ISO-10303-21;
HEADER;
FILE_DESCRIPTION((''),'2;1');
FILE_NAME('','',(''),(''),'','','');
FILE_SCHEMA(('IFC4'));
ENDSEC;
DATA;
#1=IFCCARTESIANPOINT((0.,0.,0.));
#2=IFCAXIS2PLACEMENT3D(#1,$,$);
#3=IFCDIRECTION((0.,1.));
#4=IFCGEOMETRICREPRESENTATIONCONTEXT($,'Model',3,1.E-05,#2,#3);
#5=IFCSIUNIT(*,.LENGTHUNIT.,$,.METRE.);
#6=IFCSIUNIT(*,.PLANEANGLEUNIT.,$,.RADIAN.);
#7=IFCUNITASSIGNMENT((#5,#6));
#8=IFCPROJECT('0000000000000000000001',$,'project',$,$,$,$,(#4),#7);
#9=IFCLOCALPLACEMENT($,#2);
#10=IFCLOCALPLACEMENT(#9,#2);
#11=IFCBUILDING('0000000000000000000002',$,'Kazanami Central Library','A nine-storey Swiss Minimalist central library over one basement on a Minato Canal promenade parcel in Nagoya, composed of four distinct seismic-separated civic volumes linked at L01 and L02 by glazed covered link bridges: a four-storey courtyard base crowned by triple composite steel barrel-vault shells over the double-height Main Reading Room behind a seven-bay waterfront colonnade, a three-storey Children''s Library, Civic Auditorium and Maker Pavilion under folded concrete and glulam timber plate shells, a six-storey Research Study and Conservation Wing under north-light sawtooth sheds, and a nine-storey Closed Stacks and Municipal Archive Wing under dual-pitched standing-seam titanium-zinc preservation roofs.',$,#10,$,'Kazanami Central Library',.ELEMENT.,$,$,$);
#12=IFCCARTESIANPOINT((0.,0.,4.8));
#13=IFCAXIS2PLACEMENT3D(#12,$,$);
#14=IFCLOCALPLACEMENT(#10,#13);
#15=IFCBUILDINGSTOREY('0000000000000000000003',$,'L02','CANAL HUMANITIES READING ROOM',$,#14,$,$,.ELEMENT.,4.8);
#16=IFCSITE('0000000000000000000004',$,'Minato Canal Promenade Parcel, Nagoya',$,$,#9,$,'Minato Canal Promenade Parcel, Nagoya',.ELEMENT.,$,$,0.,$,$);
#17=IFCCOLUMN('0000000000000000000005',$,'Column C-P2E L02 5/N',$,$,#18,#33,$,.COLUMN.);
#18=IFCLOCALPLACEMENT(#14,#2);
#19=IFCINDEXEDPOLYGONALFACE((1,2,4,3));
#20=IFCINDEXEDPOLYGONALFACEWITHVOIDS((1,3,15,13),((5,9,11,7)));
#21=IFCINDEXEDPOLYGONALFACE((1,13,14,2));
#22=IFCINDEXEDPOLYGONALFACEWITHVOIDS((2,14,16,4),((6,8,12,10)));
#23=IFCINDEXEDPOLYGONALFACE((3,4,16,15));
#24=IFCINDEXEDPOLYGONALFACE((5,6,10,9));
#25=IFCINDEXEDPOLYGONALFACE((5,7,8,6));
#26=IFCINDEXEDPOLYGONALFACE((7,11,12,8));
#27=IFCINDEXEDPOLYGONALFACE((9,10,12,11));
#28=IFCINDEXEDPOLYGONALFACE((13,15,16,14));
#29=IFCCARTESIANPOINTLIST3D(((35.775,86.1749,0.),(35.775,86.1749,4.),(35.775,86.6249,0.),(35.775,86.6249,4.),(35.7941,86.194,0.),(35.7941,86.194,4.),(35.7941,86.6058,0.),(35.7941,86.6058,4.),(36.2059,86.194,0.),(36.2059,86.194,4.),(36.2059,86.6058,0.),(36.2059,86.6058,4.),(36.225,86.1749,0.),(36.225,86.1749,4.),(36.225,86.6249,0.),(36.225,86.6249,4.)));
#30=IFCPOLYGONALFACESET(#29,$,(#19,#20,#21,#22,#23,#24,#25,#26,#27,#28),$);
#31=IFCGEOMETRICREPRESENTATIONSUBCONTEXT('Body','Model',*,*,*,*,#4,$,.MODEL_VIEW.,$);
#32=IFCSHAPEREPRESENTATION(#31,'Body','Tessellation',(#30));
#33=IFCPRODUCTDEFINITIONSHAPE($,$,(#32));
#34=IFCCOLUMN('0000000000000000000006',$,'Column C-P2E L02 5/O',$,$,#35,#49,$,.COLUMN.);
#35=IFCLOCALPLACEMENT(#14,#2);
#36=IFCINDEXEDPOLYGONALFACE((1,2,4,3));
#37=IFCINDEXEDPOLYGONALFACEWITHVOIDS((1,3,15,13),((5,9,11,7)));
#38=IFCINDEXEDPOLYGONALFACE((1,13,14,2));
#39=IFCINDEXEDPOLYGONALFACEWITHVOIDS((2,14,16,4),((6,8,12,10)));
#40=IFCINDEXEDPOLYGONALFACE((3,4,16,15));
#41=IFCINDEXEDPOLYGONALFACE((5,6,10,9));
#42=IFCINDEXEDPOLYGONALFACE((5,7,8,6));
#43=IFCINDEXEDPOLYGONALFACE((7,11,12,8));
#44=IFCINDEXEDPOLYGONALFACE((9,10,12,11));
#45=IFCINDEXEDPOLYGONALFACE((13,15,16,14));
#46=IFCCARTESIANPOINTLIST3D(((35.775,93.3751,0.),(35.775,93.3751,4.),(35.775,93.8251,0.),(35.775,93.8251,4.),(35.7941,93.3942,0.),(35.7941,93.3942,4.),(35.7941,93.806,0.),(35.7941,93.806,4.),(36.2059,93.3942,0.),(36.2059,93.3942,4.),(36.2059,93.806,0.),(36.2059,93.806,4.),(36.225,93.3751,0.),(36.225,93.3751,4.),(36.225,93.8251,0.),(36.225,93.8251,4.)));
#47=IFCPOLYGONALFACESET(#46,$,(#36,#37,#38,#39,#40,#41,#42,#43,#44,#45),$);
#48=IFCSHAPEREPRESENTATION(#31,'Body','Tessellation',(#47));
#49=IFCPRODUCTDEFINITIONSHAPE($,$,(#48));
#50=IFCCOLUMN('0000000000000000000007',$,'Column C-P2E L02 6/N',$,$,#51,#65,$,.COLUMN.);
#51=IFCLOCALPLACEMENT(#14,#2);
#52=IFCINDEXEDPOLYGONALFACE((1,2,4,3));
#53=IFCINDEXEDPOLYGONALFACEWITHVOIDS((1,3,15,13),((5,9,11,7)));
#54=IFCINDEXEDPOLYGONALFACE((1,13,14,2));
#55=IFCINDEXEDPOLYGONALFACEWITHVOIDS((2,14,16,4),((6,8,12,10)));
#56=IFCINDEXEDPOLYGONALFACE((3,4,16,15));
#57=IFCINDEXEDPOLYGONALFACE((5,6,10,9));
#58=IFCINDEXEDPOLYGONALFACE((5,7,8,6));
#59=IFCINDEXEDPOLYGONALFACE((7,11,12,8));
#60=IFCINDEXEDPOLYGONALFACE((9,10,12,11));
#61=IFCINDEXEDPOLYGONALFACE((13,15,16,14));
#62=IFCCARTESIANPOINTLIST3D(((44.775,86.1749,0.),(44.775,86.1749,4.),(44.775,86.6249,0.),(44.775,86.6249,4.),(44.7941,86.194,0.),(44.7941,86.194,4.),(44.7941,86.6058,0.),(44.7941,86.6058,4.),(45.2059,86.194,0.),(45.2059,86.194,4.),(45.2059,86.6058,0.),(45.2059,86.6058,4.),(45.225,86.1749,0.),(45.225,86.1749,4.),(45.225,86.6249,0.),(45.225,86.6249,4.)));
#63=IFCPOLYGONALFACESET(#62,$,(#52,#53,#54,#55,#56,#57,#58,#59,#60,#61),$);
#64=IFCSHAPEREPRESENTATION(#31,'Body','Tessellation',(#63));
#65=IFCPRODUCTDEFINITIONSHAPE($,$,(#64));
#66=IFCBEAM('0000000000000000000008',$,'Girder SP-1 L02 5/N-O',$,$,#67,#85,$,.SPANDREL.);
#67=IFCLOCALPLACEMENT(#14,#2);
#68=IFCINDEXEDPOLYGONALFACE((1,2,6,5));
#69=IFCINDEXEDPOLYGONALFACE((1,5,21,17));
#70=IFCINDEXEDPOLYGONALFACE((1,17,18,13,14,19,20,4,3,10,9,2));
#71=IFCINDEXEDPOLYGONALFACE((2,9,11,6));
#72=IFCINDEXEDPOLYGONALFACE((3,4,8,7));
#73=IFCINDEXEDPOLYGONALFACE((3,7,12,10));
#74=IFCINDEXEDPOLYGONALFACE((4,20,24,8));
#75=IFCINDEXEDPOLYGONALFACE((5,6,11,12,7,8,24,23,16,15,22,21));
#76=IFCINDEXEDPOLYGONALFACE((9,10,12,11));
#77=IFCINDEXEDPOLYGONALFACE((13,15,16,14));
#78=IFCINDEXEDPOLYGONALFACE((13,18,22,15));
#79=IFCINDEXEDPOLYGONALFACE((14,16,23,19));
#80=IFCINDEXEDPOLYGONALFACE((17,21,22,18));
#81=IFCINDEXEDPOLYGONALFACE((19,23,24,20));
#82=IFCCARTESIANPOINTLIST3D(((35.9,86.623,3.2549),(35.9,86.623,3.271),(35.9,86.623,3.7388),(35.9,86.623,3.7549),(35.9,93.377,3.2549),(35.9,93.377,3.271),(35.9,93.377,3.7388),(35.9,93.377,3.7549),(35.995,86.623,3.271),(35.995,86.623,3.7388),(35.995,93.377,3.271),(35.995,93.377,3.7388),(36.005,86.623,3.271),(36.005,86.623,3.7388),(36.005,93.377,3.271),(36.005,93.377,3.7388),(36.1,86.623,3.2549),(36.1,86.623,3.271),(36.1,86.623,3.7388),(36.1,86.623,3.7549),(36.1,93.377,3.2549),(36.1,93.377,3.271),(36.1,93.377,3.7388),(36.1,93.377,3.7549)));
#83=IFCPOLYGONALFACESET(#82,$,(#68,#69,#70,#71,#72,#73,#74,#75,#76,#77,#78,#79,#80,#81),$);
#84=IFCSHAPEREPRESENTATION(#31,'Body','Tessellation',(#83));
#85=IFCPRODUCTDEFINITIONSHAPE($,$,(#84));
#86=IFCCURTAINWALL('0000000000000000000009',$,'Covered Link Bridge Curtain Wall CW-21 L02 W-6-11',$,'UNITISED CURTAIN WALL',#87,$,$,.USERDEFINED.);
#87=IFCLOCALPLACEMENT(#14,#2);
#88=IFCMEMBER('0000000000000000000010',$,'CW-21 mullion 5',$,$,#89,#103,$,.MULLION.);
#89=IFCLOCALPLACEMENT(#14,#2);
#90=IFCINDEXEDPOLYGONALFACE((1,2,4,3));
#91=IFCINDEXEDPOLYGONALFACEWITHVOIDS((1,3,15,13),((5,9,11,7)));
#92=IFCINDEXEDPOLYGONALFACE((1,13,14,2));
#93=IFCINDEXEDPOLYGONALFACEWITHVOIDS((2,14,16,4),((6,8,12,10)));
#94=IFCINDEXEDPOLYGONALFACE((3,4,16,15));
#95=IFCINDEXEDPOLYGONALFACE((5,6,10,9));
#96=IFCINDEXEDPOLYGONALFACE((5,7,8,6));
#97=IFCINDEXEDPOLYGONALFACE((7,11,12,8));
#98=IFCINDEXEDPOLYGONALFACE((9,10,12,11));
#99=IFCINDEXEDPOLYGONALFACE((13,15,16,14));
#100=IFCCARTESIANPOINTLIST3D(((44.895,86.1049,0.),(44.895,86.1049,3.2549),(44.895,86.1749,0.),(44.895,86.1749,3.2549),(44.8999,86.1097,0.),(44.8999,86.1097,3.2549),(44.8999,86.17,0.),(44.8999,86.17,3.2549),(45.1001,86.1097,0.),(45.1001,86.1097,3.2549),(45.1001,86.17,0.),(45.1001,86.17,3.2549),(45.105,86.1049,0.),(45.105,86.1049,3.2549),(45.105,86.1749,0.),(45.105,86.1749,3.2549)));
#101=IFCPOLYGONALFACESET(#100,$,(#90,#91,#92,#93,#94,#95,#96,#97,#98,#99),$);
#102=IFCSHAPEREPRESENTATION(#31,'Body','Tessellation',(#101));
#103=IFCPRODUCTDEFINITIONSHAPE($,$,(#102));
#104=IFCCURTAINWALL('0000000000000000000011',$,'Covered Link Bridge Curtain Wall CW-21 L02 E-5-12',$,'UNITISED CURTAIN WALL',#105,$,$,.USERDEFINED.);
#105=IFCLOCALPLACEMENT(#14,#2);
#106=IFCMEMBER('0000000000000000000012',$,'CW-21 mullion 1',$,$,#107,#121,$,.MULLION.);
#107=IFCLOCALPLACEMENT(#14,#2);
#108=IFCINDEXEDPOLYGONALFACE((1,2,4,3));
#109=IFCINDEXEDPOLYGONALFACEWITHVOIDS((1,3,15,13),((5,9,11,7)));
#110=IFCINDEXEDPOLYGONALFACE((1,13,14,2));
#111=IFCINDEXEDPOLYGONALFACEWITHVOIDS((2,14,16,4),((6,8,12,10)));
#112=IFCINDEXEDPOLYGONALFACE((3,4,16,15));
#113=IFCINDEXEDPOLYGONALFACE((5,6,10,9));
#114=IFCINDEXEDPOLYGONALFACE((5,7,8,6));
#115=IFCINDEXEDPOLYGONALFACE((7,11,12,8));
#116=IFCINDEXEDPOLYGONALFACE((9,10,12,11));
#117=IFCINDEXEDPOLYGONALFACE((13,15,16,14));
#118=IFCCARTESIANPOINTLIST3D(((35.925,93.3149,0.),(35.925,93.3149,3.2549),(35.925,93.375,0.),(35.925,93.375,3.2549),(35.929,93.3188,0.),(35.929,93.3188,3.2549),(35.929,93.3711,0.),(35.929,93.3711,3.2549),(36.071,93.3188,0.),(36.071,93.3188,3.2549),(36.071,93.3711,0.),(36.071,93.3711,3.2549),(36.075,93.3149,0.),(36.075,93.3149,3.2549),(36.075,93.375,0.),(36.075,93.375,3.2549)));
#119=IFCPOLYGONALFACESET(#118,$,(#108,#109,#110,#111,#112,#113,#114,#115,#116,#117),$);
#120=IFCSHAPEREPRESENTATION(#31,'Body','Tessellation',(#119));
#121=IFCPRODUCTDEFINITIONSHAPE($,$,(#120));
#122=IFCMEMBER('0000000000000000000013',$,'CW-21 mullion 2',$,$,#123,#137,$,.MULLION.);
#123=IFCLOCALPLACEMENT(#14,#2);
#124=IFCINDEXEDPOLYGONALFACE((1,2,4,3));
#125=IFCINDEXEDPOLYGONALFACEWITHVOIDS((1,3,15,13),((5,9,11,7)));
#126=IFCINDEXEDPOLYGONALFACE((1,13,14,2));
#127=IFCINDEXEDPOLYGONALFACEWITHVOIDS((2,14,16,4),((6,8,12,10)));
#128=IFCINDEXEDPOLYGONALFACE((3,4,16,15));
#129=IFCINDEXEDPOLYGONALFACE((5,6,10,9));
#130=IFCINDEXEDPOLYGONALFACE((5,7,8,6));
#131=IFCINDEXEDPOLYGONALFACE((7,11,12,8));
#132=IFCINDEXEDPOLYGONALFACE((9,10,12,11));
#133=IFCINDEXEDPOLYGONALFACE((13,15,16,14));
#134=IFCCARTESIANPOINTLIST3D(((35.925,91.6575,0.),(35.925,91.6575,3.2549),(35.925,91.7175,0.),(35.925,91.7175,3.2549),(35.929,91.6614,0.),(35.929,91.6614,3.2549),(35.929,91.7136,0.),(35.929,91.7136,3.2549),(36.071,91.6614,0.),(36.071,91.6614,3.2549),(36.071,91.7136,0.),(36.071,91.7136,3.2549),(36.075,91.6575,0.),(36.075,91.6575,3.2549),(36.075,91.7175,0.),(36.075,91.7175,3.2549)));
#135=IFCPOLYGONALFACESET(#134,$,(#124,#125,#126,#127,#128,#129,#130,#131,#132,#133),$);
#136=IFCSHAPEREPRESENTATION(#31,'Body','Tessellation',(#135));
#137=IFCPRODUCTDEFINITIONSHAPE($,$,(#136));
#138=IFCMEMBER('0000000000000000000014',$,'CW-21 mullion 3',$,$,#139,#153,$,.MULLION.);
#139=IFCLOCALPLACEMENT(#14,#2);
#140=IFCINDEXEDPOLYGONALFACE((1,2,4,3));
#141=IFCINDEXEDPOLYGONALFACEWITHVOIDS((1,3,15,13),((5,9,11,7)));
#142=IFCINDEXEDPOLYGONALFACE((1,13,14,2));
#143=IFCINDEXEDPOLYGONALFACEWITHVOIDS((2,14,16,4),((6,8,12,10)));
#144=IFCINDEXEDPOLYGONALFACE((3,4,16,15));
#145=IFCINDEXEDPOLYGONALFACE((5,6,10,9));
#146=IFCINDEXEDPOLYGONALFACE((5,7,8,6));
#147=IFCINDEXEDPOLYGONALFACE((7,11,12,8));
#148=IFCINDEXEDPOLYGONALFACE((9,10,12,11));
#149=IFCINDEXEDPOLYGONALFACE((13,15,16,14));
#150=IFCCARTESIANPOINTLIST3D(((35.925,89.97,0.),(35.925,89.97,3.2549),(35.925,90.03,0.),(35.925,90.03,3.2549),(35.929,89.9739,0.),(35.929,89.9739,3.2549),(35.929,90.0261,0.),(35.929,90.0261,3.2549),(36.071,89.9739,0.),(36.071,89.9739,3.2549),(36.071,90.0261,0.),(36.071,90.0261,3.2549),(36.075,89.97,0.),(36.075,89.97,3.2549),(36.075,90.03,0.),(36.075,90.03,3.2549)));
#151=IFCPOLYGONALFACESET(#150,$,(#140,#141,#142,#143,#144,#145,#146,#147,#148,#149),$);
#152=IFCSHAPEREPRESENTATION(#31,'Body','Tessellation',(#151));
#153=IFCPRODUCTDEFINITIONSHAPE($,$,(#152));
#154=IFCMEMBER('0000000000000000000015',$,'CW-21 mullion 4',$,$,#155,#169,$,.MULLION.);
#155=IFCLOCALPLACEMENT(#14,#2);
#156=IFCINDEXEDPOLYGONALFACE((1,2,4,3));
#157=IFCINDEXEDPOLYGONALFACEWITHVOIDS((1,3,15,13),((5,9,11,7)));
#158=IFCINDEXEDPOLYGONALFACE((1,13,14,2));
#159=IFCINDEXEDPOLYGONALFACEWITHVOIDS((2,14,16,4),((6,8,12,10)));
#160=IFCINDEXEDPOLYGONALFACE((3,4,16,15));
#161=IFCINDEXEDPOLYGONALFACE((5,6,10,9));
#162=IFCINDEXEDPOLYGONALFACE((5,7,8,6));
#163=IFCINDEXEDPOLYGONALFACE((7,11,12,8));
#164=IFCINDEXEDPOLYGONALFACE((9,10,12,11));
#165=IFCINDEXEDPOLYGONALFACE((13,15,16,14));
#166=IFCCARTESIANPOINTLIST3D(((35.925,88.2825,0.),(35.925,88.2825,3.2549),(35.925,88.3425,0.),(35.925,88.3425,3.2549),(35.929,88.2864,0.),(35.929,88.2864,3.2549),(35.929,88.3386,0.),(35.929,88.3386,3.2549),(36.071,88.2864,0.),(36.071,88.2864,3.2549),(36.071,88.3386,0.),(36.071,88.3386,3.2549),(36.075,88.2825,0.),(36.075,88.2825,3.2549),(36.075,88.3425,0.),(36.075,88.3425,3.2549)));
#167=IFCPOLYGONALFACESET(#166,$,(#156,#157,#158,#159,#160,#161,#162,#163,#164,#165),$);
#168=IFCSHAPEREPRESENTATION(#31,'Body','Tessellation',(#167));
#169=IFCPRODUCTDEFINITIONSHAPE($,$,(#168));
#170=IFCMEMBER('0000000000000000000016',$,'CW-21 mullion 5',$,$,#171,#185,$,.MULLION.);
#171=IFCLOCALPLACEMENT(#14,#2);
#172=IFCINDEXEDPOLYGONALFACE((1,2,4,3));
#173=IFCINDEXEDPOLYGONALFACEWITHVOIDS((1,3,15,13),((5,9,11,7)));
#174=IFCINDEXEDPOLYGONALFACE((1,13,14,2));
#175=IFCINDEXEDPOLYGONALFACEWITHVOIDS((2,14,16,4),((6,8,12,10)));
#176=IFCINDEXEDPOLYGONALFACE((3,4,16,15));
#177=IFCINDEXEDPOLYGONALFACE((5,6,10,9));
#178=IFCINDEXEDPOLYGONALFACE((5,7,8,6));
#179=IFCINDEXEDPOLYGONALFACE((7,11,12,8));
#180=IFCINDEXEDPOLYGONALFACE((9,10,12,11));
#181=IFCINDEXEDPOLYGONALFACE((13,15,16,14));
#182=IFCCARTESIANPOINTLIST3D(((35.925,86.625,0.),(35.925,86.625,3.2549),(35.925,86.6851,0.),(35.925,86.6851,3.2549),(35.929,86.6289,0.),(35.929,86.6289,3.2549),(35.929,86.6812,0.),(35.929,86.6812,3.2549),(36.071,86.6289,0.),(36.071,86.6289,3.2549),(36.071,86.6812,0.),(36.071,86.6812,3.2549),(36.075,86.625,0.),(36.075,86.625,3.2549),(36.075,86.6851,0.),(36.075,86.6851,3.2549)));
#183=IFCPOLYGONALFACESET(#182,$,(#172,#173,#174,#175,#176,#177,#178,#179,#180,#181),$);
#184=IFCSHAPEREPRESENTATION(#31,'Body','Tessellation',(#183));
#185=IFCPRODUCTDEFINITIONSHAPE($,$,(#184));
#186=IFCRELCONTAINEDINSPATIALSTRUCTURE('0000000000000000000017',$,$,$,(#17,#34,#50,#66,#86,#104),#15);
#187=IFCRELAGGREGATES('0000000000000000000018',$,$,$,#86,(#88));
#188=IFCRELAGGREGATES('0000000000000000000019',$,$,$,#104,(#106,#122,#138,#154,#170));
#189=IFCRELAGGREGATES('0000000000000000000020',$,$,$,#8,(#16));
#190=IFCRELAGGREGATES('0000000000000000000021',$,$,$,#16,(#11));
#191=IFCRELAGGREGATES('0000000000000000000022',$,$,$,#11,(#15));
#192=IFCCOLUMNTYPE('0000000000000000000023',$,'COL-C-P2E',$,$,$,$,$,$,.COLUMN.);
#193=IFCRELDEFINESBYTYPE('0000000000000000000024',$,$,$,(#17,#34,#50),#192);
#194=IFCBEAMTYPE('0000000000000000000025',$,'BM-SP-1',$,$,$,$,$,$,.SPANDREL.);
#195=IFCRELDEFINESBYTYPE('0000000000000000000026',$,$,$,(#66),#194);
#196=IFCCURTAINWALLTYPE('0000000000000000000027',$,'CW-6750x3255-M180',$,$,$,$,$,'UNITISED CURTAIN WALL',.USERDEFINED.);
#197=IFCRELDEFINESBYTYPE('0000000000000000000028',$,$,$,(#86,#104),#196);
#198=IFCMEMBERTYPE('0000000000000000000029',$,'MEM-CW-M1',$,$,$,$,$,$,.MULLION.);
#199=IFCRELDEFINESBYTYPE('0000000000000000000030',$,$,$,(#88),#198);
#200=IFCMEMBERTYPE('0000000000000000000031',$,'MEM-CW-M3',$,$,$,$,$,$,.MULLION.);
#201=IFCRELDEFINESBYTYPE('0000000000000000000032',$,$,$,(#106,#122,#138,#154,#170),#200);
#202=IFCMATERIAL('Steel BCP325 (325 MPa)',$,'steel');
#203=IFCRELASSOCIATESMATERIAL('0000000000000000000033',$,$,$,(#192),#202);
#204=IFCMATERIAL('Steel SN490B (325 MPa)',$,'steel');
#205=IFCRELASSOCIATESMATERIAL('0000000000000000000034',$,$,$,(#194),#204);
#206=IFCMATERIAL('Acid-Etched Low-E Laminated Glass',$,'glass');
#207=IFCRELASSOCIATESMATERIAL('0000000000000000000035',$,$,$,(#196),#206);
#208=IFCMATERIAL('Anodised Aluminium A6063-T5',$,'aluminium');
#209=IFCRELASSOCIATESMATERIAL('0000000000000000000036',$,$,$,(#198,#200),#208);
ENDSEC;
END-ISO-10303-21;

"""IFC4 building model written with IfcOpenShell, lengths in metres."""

from ifc_helpers import new_model, si_unit, direction, frame, origin, origin_2d, place, context, subcontext, project, spatial, hollow_rectangle, i_section, extrude, material, material_profile, profile_set, type_object, element, aggregate, save


model = new_model("IFC4")

# Units and contexts
model_context = context("Model", 3, precision=1e-05, world=origin(), true_north=direction((0.0, 1.0)))
body_context = subcontext(model_context, "Body", "Model", "MODEL_VIEW")
ifc_project = project(units=[si_unit("LENGTHUNIT", "METRE"), si_unit("PLANEANGLEUNIT", "RADIAN")], contexts=[model_context])

# Site, building, storey
site_placement = place(None, origin())
site = spatial("IfcSite", under=ifc_project, at=site_placement, Name="Minato Canal Promenade Parcel, Nagoya", LongName="Minato Canal Promenade Parcel, Nagoya", CompositionType="ELEMENT", RefElevation=0.0)
building_placement = place(site_placement, origin())
building = spatial("IfcBuilding", under=site, at=building_placement, Name="Kazanami Central Library", Description="A nine-storey Swiss Minimalist central library over one basement on a Minato Canal promenade parcel in Nagoya, composed of four distinct seismic-separated civic volumes linked at L01 and L02 by glazed covered link bridges: a four-storey courtyard base crowned by triple composite steel barrel-vault shells over the double-height Main Reading Room behind a seven-bay waterfront colonnade, a three-storey Children's Library, Civic Auditorium and Maker Pavilion under folded concrete and glulam timber plate shells, a six-storey Research Study and Conservation Wing under north-light sawtooth sheds, and a nine-storey Closed Stacks and Municipal Archive Wing under dual-pitched standing-seam titanium-zinc preservation roofs.", LongName="Kazanami Central Library", CompositionType="ELEMENT")
storey_placement = place(building_placement, frame((0.0, 0.0, 4.8)))
storey = spatial("IfcBuildingStorey", under=building, at=storey_placement, Name="L02", Description="CANAL HUMANITIES READING ROOM", CompositionType="ELEMENT", Elevation=4.8)

# Columns
ifc_material_1 = material(Name="Steel BCP325 (325 MPa)", Category="steel")
ifc_material_profile_1 = material_profile(ifc_material_1, hollow_rectangle(XDim=0.45, YDim=0.45, WallThickness=0.019, at=origin_2d()), Name="BCP-450x450x19")
ifc_profile_set_1 = profile_set([ifc_material_profile_1], Name="Steel BCP325 (325 MPa)")
column_type = type_object("IfcColumnType", Name="COL-C-P2E", PredefinedType="COLUMN", material=ifc_profile_set_1)
for number, where, z_axis, x_axis, name in (
    (1, (36.0, 86.3999, 0.0), (0.0, 0.0, 1.0), (1.0, 0.0, 0.0), "Column C-P2E L02 5/N"),
    (2, (36.0, 93.6001, 0.0), (0.0, 0.0, 1.0), (1.0, 0.0, 0.0), "Column C-P2E L02 5/O"),
    (3, (45.0, 86.3999, 0.0), (0.0, 0.0, 1.0), (1.0, 0.0, 0.0), "Column C-P2E L02 6/N"),
):
    element("IfcColumn", number, at=place(storey_placement, frame(where, z_axis=z_axis, x_axis=x_axis)), inside=storey, type_object=column_type, Name=name, PredefinedType="COLUMN", context=body_context, shape_type="SweptSolid", body=[
        extrude(hollow_rectangle(XDim=0.45, YDim=0.45, WallThickness=0.019, at=origin_2d()), origin(), (0.0, 0.0, 1.0), 4.0),
    ])

# Beam
ifc_material_2 = material(Name="Steel SN490B (325 MPa)", Category="steel")
ifc_material_profile_2 = material_profile(ifc_material_2, i_section(OverallWidth=0.2, OverallDepth=0.5, WebThickness=0.01, FlangeThickness=0.0161, at=origin_2d()), Name="H-500x200x10x16")
ifc_profile_set_2 = profile_set([ifc_material_profile_2], Name="Steel SN490B (325 MPa)")
beam_type = type_object("IfcBeamType", Name="BM-SP-1", PredefinedType="SPANDREL", material=ifc_profile_set_2)
beam_placement = place(storey_placement, frame((36.0, 86.623, 3.5049), z_axis=(0.0, 1.0, 0.0), x_axis=(-1.0, 0.0, 0.0)))
element("IfcBeam", 4, at=beam_placement, inside=storey, type_object=beam_type, Name="Girder SP-1 L02 5/N-O", PredefinedType="SPANDREL", context=body_context, shape_type="SweptSolid", body=[
    extrude(i_section(OverallWidth=0.2, OverallDepth=0.5, WebThickness=0.01, FlangeThickness=0.0161, at=origin_2d()), origin(), (0.0, 0.0, 1.0), 6.7539),
])

# Curtain wall, member
ifc_material_3 = material(Name="Acid-Etched Low-E Laminated Glass", Category="glass")
curtain_wall_type = type_object("IfcCurtainWallType", Name="CW-6750x3255-M180", ElementType="UNITISED CURTAIN WALL", PredefinedType="USERDEFINED", material=ifc_material_3)
curtain_wall_1_placement = place(storey_placement, origin())
curtain_wall_1 = element("IfcCurtainWall", 5, at=curtain_wall_1_placement, inside=storey, type_object=curtain_wall_type, Name="Covered Link Bridge Curtain Wall CW-21 L02 W-6-11", ObjectType="UNITISED CURTAIN WALL", PredefinedType="USERDEFINED")
ifc_material_4 = material(Name="Anodised Aluminium A6063-T5", Category="aluminium")
ifc_material_profile_3 = material_profile(ifc_material_4, hollow_rectangle(XDim=0.0701, YDim=0.21, WallThickness=0.0049, at=origin_2d()), Name="ALU-MULL-70x210x5")
ifc_profile_set_3 = profile_set([ifc_material_profile_3], Name="Anodised Aluminium A6063-T5")
member_type_1 = type_object("IfcMemberType", Name="MEM-CW-M1", PredefinedType="MULLION", material=ifc_profile_set_3)
member_1_placement = place(storey_placement, frame((45.0, 86.1399, 0.0), z_axis=(0.0, 0.0, 1.0), x_axis=(0.0, 1.0, 0.0)))
member_1 = element("IfcMember", 6, at=member_1_placement, type_object=member_type_1, Name="CW-21 mullion 5", PredefinedType="MULLION", context=body_context, shape_type="SweptSolid", body=[
    extrude(hollow_rectangle(XDim=0.0701, YDim=0.21, WallThickness=0.0049, at=origin_2d()), origin(), (0.0, 0.0, 1.0), 3.2549),
])

# Curtain wall, members
curtain_wall_2_placement = place(storey_placement, origin())
curtain_wall_2 = element("IfcCurtainWall", 7, at=curtain_wall_2_placement, inside=storey, type_object=curtain_wall_type, Name="Covered Link Bridge Curtain Wall CW-21 L02 E-5-12", ObjectType="UNITISED CURTAIN WALL", PredefinedType="USERDEFINED")
ifc_material_profile_4 = material_profile(ifc_material_4, hollow_rectangle(XDim=0.0601, YDim=0.1499, WallThickness=0.0039, at=origin_2d()), Name="ALU-MULL-60x150x4")
ifc_profile_set_4 = profile_set([ifc_material_profile_4], Name="Anodised Aluminium A6063-T5")
member_type_2 = type_object("IfcMemberType", Name="MEM-CW-M3", PredefinedType="MULLION", material=ifc_profile_set_4)
member_2_placement = place(storey_placement, frame((36.0, 93.345, 0.0), z_axis=(0.0, 0.0, 1.0), x_axis=(0.0, -1.0, 0.0)))
member_2 = element("IfcMember", 8, at=member_2_placement, type_object=member_type_2, Name="CW-21 mullion 1", PredefinedType="MULLION", context=body_context, shape_type="SweptSolid", body=[
    extrude(hollow_rectangle(XDim=0.0601, YDim=0.1499, WallThickness=0.0039, at=origin_2d()), origin(), (0.0, 0.0, 1.0), 3.2549),
])
member_3_placement = place(storey_placement, frame((36.0, 91.6875, 0.0), z_axis=(0.0, 0.0, 1.0), x_axis=(0.0, -1.0, 0.0)))
member_3 = element("IfcMember", 9, at=member_3_placement, type_object=member_type_2, Name="CW-21 mullion 2", PredefinedType="MULLION", context=body_context, shape_type="SweptSolid", body=[
    extrude(hollow_rectangle(XDim=0.0601, YDim=0.1499, WallThickness=0.0039, at=origin_2d()), origin(), (0.0, 0.0, 1.0), 3.2549),
])
member_4_placement = place(storey_placement, frame((36.0, 90.0, 0.0), z_axis=(0.0, 0.0, 1.0), x_axis=(0.0, -1.0, 0.0)))
member_4 = element("IfcMember", 10, at=member_4_placement, type_object=member_type_2, Name="CW-21 mullion 3", PredefinedType="MULLION", context=body_context, shape_type="SweptSolid", body=[
    extrude(hollow_rectangle(XDim=0.0601, YDim=0.1499, WallThickness=0.0039, at=origin_2d()), origin(), (0.0, 0.0, 1.0), 3.2549),
])
member_5_placement = place(storey_placement, frame((36.0, 88.3125, 0.0), z_axis=(0.0, 0.0, 1.0), x_axis=(0.0, -1.0, 0.0)))
member_5 = element("IfcMember", 11, at=member_5_placement, type_object=member_type_2, Name="CW-21 mullion 4", PredefinedType="MULLION", context=body_context, shape_type="SweptSolid", body=[
    extrude(hollow_rectangle(XDim=0.0601, YDim=0.1499, WallThickness=0.0039, at=origin_2d()), origin(), (0.0, 0.0, 1.0), 3.2549),
])
member_6_placement = place(storey_placement, frame((36.0, 86.655, 0.0), z_axis=(0.0, 0.0, 1.0), x_axis=(0.0, -1.0, 0.0)))
member_6 = element("IfcMember", 12, at=member_6_placement, type_object=member_type_2, Name="CW-21 mullion 5", PredefinedType="MULLION", context=body_context, shape_type="SweptSolid", body=[
    extrude(hollow_rectangle(XDim=0.0601, YDim=0.1499, WallThickness=0.0039, at=origin_2d()), origin(), (0.0, 0.0, 1.0), 3.2549),
])

aggregate(curtain_wall_1, [member_1])
aggregate(curtain_wall_2, [member_2, member_3, member_4, member_5, member_6])

save(model, "model.ifc")
